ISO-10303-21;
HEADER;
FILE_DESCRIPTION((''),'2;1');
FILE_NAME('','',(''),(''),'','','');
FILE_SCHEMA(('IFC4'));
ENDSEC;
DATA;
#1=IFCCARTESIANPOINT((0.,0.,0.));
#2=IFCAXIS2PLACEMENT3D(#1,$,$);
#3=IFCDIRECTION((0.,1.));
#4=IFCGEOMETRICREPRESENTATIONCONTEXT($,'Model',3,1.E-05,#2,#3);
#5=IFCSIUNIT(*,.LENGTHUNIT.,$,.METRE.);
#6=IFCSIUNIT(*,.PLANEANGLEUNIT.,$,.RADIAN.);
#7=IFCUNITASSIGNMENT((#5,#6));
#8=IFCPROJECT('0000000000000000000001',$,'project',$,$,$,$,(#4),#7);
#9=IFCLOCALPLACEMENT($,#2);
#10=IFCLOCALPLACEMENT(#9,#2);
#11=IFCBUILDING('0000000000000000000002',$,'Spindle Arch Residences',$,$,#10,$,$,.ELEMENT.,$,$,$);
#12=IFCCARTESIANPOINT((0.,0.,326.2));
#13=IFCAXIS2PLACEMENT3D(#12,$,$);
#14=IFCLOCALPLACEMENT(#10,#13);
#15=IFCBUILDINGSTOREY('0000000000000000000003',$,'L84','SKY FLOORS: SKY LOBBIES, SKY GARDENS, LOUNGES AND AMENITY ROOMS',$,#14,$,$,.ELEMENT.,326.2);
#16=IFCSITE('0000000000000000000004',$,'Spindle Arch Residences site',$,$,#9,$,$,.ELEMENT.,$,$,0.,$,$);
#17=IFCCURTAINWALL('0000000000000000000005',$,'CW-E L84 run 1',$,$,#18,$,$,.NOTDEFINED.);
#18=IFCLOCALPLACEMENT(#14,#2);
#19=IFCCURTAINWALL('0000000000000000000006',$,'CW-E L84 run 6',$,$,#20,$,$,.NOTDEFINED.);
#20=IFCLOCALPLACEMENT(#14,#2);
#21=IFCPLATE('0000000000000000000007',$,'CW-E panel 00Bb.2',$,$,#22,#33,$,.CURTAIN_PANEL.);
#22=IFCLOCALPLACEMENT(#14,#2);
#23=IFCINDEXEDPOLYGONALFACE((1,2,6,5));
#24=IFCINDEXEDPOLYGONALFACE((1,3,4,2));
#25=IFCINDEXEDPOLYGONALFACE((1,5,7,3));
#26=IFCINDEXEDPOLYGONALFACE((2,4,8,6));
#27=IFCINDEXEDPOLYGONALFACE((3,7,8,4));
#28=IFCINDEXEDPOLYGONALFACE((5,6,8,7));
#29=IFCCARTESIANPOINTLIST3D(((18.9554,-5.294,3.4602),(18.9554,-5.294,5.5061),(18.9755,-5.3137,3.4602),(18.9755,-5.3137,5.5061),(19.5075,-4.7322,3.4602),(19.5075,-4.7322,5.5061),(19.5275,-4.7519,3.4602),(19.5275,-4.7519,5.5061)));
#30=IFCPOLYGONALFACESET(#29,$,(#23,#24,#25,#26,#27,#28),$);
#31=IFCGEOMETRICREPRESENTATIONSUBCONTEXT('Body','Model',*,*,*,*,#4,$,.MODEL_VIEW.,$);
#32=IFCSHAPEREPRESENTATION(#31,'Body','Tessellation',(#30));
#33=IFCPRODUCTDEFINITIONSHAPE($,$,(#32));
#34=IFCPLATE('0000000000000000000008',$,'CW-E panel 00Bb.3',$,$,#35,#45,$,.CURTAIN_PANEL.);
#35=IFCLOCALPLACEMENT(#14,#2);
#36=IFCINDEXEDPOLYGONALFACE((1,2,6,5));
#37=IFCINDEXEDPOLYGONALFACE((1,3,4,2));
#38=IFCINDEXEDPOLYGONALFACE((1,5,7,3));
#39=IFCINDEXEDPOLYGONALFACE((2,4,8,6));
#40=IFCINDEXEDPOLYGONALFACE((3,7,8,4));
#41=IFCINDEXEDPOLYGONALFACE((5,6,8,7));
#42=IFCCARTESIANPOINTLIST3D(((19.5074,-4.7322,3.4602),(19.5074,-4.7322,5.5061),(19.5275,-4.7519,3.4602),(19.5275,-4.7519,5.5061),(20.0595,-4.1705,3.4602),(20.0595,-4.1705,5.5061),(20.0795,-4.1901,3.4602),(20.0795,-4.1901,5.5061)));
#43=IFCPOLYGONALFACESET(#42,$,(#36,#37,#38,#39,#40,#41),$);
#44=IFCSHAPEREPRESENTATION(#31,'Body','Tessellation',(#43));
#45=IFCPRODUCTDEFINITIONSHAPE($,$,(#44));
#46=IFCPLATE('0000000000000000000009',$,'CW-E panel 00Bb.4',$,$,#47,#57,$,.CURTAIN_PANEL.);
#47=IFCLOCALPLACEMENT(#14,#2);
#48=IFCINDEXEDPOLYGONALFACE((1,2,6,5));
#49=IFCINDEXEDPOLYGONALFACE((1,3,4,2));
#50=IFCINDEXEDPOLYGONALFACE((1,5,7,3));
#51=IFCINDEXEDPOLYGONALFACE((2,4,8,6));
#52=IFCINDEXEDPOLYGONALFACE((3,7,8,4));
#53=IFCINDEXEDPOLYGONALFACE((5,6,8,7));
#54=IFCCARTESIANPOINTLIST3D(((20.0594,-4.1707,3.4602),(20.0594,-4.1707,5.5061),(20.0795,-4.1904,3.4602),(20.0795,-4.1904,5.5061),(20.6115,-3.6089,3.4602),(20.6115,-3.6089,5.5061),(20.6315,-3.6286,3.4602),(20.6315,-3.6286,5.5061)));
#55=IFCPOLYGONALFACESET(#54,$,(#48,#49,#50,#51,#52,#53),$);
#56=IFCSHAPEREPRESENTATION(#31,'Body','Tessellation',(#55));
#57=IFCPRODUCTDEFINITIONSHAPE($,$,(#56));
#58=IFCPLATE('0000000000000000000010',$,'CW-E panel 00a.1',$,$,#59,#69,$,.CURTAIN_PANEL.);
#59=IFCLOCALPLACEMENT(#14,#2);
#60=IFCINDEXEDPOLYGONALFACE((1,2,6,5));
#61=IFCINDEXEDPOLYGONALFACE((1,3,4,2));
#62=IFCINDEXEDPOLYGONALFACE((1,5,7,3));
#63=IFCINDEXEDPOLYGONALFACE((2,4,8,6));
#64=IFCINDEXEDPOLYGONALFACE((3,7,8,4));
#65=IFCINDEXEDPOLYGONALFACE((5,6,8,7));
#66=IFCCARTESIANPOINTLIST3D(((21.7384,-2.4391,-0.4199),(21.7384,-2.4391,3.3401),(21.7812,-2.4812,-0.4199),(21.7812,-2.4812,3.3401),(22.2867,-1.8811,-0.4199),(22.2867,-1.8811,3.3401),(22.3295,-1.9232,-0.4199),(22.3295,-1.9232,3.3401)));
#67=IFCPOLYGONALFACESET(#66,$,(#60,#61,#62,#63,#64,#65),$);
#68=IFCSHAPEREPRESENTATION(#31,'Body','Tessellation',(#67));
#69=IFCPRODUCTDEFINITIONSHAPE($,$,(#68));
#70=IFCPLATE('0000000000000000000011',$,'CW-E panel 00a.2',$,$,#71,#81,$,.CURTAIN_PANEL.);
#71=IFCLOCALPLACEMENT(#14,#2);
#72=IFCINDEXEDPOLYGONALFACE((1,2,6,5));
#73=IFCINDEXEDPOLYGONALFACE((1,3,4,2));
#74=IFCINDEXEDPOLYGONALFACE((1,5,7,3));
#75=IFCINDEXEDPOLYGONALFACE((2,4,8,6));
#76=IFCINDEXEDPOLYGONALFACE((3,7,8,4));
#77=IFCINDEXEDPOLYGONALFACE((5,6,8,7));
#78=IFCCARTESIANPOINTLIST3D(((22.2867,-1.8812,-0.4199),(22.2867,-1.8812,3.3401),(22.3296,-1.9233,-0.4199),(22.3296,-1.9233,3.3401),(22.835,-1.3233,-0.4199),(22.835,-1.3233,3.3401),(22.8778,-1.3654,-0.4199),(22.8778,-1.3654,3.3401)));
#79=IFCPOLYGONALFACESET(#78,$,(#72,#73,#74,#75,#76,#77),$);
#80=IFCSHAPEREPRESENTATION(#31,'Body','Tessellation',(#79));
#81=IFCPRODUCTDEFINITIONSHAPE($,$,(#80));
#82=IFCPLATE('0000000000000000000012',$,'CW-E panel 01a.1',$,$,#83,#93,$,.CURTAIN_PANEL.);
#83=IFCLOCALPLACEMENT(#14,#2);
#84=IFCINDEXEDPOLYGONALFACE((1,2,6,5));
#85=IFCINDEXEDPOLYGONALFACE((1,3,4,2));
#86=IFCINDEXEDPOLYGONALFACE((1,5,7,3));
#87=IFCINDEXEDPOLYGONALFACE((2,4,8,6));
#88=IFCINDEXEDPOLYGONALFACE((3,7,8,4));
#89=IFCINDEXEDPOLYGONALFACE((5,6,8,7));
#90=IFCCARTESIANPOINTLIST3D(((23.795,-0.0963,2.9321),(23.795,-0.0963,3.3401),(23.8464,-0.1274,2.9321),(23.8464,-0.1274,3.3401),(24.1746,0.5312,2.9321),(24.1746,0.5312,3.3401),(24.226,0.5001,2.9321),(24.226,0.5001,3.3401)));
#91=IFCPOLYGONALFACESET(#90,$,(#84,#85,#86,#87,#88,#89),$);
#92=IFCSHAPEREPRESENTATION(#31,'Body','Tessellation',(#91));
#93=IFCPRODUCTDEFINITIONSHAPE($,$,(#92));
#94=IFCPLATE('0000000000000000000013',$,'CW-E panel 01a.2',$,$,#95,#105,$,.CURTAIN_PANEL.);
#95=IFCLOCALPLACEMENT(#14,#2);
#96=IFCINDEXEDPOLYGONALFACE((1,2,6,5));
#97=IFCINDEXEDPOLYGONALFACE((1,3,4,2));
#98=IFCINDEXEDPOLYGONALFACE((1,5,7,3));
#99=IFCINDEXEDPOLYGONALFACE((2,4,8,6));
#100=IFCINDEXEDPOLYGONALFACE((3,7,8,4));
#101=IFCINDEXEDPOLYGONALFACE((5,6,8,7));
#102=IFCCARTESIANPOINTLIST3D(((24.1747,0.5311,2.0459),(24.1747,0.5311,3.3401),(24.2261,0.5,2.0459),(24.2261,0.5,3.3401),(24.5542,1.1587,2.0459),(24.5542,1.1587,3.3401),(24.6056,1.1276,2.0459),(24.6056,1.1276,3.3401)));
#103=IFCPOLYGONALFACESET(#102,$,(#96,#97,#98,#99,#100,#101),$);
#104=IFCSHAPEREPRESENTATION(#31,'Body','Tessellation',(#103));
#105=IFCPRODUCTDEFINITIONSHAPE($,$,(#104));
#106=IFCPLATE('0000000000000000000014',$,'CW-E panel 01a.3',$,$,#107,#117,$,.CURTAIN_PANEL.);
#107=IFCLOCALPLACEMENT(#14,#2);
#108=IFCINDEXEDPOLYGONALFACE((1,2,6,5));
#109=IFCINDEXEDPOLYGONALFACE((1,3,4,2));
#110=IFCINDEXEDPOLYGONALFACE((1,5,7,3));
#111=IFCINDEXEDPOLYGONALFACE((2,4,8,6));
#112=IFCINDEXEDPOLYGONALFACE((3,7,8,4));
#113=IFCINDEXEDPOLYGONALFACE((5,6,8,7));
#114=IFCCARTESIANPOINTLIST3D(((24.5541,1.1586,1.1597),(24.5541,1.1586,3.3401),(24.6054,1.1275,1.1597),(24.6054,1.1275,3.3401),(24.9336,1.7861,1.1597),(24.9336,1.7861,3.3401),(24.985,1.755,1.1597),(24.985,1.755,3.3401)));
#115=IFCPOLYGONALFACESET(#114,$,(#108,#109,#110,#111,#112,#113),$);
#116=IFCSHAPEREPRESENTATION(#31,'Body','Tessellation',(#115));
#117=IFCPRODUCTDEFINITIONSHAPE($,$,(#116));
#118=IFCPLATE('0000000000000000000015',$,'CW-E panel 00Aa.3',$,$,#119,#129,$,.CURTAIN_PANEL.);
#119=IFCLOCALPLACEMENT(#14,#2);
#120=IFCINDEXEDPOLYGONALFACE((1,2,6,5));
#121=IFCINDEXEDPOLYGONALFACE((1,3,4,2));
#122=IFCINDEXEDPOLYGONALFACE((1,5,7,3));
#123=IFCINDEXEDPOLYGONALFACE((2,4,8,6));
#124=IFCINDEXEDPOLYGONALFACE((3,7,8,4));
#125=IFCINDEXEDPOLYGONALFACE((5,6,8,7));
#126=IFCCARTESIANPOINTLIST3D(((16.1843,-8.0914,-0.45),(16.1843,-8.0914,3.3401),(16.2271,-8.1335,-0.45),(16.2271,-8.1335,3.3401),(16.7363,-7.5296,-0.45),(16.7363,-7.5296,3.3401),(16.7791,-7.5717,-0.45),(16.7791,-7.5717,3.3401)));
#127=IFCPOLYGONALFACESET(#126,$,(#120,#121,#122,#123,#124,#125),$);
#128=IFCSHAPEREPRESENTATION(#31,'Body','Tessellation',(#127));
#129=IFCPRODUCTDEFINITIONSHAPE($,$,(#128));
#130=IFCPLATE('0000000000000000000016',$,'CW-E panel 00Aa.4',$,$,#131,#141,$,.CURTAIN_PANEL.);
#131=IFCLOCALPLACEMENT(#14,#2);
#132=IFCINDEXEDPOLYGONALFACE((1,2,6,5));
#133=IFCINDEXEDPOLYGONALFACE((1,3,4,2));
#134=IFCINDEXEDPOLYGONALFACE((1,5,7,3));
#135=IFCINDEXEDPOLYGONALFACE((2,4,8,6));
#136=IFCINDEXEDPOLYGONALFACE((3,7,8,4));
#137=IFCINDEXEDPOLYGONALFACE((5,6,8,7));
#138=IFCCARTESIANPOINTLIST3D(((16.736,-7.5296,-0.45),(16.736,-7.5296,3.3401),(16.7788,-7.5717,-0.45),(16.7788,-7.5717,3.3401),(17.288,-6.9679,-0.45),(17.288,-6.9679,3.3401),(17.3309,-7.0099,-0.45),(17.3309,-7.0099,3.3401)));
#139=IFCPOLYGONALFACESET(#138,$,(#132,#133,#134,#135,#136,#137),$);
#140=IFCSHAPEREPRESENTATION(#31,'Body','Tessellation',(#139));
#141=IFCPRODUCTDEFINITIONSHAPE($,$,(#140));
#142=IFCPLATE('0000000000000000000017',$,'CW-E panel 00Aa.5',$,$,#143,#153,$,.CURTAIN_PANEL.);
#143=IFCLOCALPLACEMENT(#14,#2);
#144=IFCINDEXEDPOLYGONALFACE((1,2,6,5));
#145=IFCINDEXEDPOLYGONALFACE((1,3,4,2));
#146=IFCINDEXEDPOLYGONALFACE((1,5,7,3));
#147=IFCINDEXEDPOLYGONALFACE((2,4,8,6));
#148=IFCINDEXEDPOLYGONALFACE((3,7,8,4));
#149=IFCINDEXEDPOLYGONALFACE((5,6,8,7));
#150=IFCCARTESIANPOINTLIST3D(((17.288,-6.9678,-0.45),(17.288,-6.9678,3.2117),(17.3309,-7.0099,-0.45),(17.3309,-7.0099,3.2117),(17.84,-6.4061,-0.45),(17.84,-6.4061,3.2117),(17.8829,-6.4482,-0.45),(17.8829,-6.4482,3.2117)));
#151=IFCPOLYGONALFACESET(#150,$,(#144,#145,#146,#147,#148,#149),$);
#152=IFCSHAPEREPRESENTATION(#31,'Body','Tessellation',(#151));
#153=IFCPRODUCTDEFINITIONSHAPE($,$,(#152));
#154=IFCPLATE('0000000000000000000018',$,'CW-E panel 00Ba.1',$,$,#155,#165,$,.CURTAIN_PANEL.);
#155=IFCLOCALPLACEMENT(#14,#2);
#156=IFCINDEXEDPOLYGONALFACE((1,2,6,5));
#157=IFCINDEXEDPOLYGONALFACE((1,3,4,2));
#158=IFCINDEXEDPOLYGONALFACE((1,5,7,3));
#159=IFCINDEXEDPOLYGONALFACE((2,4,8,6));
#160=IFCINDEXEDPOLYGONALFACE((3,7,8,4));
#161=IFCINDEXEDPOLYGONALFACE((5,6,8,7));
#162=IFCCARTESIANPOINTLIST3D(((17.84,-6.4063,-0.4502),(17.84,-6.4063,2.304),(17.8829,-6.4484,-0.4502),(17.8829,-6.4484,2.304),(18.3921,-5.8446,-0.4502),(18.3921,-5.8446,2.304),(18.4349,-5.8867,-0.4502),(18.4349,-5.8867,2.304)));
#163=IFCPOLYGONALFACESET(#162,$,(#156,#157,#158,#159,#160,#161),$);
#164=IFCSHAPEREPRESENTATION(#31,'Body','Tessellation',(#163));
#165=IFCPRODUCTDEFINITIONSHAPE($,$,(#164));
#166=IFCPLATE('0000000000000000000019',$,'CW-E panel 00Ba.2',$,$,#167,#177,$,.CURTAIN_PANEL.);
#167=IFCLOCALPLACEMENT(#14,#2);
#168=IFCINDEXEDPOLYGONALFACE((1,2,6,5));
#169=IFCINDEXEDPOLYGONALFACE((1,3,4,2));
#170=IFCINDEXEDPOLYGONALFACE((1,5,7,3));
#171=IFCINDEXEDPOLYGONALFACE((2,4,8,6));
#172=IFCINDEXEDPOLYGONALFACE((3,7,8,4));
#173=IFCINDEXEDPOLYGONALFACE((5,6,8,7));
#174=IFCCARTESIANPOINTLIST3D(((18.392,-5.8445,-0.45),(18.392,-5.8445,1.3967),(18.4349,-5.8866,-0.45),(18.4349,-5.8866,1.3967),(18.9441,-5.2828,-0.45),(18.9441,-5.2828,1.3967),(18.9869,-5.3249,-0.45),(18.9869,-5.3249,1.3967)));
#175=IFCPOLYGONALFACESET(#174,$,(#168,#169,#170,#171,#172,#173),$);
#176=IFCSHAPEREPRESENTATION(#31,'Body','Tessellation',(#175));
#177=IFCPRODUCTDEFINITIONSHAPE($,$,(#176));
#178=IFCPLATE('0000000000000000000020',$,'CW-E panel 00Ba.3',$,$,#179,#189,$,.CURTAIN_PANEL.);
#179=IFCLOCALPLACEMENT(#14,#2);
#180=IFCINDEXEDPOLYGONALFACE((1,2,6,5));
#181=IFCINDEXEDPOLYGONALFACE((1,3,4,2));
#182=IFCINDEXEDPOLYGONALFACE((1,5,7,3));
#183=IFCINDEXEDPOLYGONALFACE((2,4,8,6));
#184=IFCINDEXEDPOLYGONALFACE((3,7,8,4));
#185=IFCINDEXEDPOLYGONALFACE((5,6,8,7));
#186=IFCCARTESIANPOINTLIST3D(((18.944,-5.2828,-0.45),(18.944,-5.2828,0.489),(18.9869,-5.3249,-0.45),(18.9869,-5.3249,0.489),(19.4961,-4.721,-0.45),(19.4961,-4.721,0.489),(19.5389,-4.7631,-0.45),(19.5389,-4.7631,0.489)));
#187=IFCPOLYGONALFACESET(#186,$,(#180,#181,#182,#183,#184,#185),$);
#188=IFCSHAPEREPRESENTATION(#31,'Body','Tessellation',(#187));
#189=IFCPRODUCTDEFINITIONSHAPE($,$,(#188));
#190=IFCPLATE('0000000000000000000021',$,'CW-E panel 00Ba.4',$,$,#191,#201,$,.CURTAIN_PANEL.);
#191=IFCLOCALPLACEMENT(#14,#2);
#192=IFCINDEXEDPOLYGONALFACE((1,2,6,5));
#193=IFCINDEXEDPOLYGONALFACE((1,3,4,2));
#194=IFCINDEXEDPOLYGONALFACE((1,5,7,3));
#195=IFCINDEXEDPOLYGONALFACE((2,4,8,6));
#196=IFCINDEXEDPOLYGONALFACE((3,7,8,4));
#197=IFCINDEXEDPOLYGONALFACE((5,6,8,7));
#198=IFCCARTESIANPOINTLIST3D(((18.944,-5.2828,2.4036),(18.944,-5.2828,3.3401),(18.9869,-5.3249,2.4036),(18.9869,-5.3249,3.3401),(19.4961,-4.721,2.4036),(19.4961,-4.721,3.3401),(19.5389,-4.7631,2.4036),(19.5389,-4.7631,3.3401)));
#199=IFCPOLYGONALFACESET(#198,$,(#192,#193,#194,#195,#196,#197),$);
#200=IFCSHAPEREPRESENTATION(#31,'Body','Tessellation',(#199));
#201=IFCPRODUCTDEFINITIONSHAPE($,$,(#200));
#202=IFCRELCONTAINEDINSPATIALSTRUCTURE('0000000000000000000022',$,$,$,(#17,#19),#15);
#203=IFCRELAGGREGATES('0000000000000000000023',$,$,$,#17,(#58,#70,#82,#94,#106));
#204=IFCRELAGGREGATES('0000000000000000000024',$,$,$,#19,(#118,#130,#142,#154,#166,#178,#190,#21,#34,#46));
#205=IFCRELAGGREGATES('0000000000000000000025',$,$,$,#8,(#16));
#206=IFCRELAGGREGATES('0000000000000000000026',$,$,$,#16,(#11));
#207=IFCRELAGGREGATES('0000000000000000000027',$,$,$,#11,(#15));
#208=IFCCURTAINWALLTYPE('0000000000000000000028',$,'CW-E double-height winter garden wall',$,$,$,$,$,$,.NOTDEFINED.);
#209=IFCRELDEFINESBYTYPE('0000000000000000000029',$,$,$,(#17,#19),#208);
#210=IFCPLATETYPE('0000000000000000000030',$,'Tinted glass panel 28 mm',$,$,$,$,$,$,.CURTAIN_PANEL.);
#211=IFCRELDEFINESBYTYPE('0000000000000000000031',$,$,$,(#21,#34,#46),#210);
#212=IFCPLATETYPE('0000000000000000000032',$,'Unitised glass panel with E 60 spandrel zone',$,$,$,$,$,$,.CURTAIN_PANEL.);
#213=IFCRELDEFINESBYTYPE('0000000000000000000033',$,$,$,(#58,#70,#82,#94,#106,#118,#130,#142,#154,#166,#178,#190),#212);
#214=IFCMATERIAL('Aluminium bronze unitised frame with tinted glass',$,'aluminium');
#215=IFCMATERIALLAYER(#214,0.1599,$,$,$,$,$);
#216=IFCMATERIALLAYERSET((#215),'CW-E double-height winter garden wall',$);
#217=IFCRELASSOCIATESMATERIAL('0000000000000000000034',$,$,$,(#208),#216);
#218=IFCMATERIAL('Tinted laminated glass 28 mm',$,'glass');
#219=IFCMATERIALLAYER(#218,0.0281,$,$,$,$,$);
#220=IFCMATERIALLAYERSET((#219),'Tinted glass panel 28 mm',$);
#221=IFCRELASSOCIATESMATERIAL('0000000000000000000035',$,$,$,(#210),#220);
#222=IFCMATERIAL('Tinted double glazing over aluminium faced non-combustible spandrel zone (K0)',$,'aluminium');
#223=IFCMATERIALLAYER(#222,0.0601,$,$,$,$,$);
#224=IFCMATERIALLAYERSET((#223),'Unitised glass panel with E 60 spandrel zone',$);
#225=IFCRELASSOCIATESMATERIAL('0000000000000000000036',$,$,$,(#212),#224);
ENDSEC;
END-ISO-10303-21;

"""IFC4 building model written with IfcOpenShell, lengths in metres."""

from ifc_helpers import new_model, si_unit, direction, frame, origin, origin_2d, place, context, subcontext, project, spatial, rectangle, extrude, material, layer, layer_set, type_object, element, aggregate, save


model = new_model("IFC4")

# Units and contexts
model_context = context("Model", 3, precision=1e-05, world=origin(), true_north=direction((0.0, 1.0)))
body_context = subcontext(model_context, "Body", "Model", "MODEL_VIEW")
ifc_project = project(units=[si_unit("LENGTHUNIT", "METRE"), si_unit("PLANEANGLEUNIT", "RADIAN")], contexts=[model_context])

# Site, building, storey
site_placement = place(None, origin())
site = spatial("IfcSite", under=ifc_project, at=site_placement, Name="Spindle Arch Residences site", CompositionType="ELEMENT", RefElevation=0.0)
building_placement = place(site_placement, origin())
building = spatial("IfcBuilding", under=site, at=building_placement, Name="Spindle Arch Residences", CompositionType="ELEMENT")
storey_placement = place(building_placement, frame((0.0, 0.0, 326.2)))
storey = spatial("IfcBuildingStorey", under=building, at=storey_placement, Name="L84", Description="SKY FLOORS: SKY LOBBIES, SKY GARDENS, LOUNGES AND AMENITY ROOMS", CompositionType="ELEMENT", Elevation=326.2)

# Curtain wall
ifc_material_1 = material(Name="Aluminium bronze unitised frame with tinted glass", Category="aluminium")
ifc_layer_1 = layer(ifc_material_1, 0.1599)
ifc_layer_set_1 = layer_set([ifc_layer_1], Name="CW-E double-height winter garden wall")
curtain_wall_type = type_object("IfcCurtainWallType", Name="CW-E double-height winter garden wall", PredefinedType="NOTDEFINED", material=ifc_layer_set_1)
curtain_wall_1_placement = place(storey_placement, origin())
curtain_wall_1 = element("IfcCurtainWall", 1, at=curtain_wall_1_placement, inside=storey, type_object=curtain_wall_type, Name="CW-E L84 run 1", PredefinedType="NOTDEFINED")

# Curtain wall
curtain_wall_2_placement = place(storey_placement, origin())
curtain_wall_2 = element("IfcCurtainWall", 2, at=curtain_wall_2_placement, inside=storey, type_object=curtain_wall_type, Name="CW-E L84 run 6", PredefinedType="NOTDEFINED")

# Plates
ifc_material_2 = material(Name="Tinted laminated glass 28 mm", Category="glass")
ifc_layer_2 = layer(ifc_material_2, 0.0281)
ifc_layer_set_2 = layer_set([ifc_layer_2], Name="Tinted glass panel 28 mm")
plate_type_1 = type_object("IfcPlateType", Name="Tinted glass panel 28 mm", PredefinedType="CURTAIN_PANEL", material=ifc_layer_set_2)
plate_1_placement = place(storey_placement, frame((19.2415, -5.0229, 3.4602), z_axis=(0.0, 0.0, 1.0), x_axis=(0.700909, 0.71325, 0.0)))
plate_1 = element("IfcPlate", 3, at=plate_1_placement, type_object=plate_type_1, Name="CW-E panel 00Bb.2", PredefinedType="CURTAIN_PANEL", context=body_context, shape_type="SweptSolid", body=[
    extrude(rectangle(XDim=0.7876, YDim=0.0281, at=origin_2d()), origin(), (0.0, 0.0, 1.0), 2.0459),
])
plate_2_placement = place(storey_placement, frame((19.7935, -4.4612, 3.4602), z_axis=(0.0, 0.0, 1.0), x_axis=(0.700909, 0.71325, 0.0)))
plate_2 = element("IfcPlate", 4, at=plate_2_placement, type_object=plate_type_1, Name="CW-E panel 00Bb.3", PredefinedType="CURTAIN_PANEL", context=body_context, shape_type="SweptSolid", body=[
    extrude(rectangle(XDim=0.7876, YDim=0.0281, at=origin_2d()), origin(), (0.0, 0.0, 1.0), 2.0459),
])
plate_3_placement = place(storey_placement, frame((20.3455, -3.8997, 3.4602), z_axis=(0.0, 0.0, 1.0), x_axis=(0.700909, 0.71325, 0.0)))
plate_3 = element("IfcPlate", 5, at=plate_3_placement, type_object=plate_type_1, Name="CW-E panel 00Bb.4", PredefinedType="CURTAIN_PANEL", context=body_context, shape_type="SweptSolid", body=[
    extrude(rectangle(XDim=0.7876, YDim=0.0281, at=origin_2d()), origin(), (0.0, 0.0, 1.0), 2.0459),
])
ifc_material_3 = material(Name="Tinted double glazing over aluminium faced non-combustible spandrel zone (K0)", Category="aluminium")
ifc_layer_3 = layer(ifc_material_3, 0.0601)
ifc_layer_set_3 = layer_set([ifc_layer_3], Name="Unitised glass panel with E 60 spandrel zone")
plate_type_2 = type_object("IfcPlateType", Name="Unitised glass panel with E 60 spandrel zone", PredefinedType="CURTAIN_PANEL", material=ifc_layer_set_3)
plate_4_placement = place(storey_placement, frame((22.0339, -2.1812, -0.4199), z_axis=(0.0, 0.0, 1.0), x_axis=(0.700909, 0.71325, 0.0)))
plate_4 = element("IfcPlate", 6, at=plate_4_placement, type_object=plate_type_2, Name="CW-E panel 00a.1", PredefinedType="CURTAIN_PANEL", context=body_context, shape_type="SweptSolid", body=[
    extrude(rectangle(XDim=0.7822, YDim=0.0601, at=origin_2d()), origin(), (0.0, 0.0, 1.0), 3.76),
])
plate_5_placement = place(storey_placement, frame((22.5823, -1.6233, -0.4199), z_axis=(0.0, 0.0, 1.0), x_axis=(0.700909, 0.71325, 0.0)))
plate_5 = element("IfcPlate", 7, at=plate_5_placement, type_object=plate_type_2, Name="CW-E panel 00a.2", PredefinedType="CURTAIN_PANEL", context=body_context, shape_type="SweptSolid", body=[
    extrude(rectangle(XDim=0.7822, YDim=0.0601, at=origin_2d()), origin(), (0.0, 0.0, 1.0), 3.76),
])
plate_6_placement = place(storey_placement, frame((24.0105, 0.2019, 2.9321), z_axis=(0.0, 0.0, 1.0), x_axis=(0.517529, 0.855665, 0.0)))
plate_6 = element("IfcPlate", 8, at=plate_6_placement, type_object=plate_type_2, Name="CW-E panel 01a.1", PredefinedType="CURTAIN_PANEL", context=body_context, shape_type="SweptSolid", body=[
    extrude(rectangle(XDim=0.7334, YDim=0.0601, at=origin_2d()), origin(), (0.0, 0.0, 1.0), 0.408),
])
plate_7_placement = place(storey_placement, frame((24.3901, 0.8293, 2.0459), z_axis=(0.0, 0.0, 1.0), x_axis=(0.517529, 0.855665, 0.0)))
plate_7 = element("IfcPlate", 9, at=plate_7_placement, type_object=plate_type_2, Name="CW-E panel 01a.2", PredefinedType="CURTAIN_PANEL", context=body_context, shape_type="SweptSolid", body=[
    extrude(rectangle(XDim=0.7334, YDim=0.0601, at=origin_2d()), origin(), (0.0, 0.0, 1.0), 1.2942),
])
plate_8_placement = place(storey_placement, frame((24.7695, 1.4568, 1.1597), z_axis=(0.0, 0.0, 1.0), x_axis=(0.517529, 0.855665, 0.0)))
plate_8 = element("IfcPlate", 10, at=plate_8_placement, type_object=plate_type_2, Name="CW-E panel 01a.3", PredefinedType="CURTAIN_PANEL", context=body_context, shape_type="SweptSolid", body=[
    extrude(rectangle(XDim=0.7334, YDim=0.0601, at=origin_2d()), origin(), (0.0, 0.0, 1.0), 2.1804),
])
aggregate(curtain_wall_1, [plate_4, plate_5, plate_6, plate_7, plate_8])
plate_9_placement = place(storey_placement, frame((16.4817, -7.8315, -0.45), z_axis=(0.0, 0.0, 1.0), x_axis=(0.700909, 0.71325, 0.0)))
plate_9 = element("IfcPlate", 11, at=plate_9_placement, type_object=plate_type_2, Name="CW-E panel 00Aa.3", PredefinedType="CURTAIN_PANEL", context=body_context, shape_type="SweptSolid", body=[
    extrude(rectangle(XDim=0.7876, YDim=0.0601, at=origin_2d()), origin(), (0.0, 0.0, 1.0), 3.79),
])
plate_10_placement = place(storey_placement, frame((17.0334, -7.2698, -0.45), z_axis=(0.0, 0.0, 1.0), x_axis=(0.700909, 0.71325, 0.0)))
plate_10 = element("IfcPlate", 12, at=plate_10_placement, type_object=plate_type_2, Name="CW-E panel 00Aa.4", PredefinedType="CURTAIN_PANEL", context=body_context, shape_type="SweptSolid", body=[
    extrude(rectangle(XDim=0.7876, YDim=0.0601, at=origin_2d()), origin(), (0.0, 0.0, 1.0), 3.79),
])
plate_11_placement = place(storey_placement, frame((17.5854, -6.708, -0.45), z_axis=(0.0, 0.0, 1.0), x_axis=(0.700909, 0.71325, 0.0)))
plate_11 = element("IfcPlate", 13, at=plate_11_placement, type_object=plate_type_2, Name="CW-E panel 00Aa.5", PredefinedType="CURTAIN_PANEL", context=body_context, shape_type="SweptSolid", body=[
    extrude(rectangle(XDim=0.7876, YDim=0.0601, at=origin_2d()), origin(), (0.0, 0.0, 1.0), 3.6616),
])
plate_12_placement = place(storey_placement, frame((18.1375, -6.1465, -0.4502), z_axis=(0.0, 0.0, 1.0), x_axis=(0.700909, 0.71325, 0.0)))
plate_12 = element("IfcPlate", 14, at=plate_12_placement, type_object=plate_type_2, Name="CW-E panel 00Ba.1", PredefinedType="CURTAIN_PANEL", context=body_context, shape_type="SweptSolid", body=[
    extrude(rectangle(XDim=0.7876, YDim=0.0601, at=origin_2d()), origin(), (0.0, 0.0, 1.0), 2.7542),
])
plate_13_placement = place(storey_placement, frame((18.6895, -5.5847, -0.45), z_axis=(0.0, 0.0, 1.0), x_axis=(0.700909, 0.71325, 0.0)))
plate_13 = element("IfcPlate", 15, at=plate_13_placement, type_object=plate_type_2, Name="CW-E panel 00Ba.2", PredefinedType="CURTAIN_PANEL", context=body_context, shape_type="SweptSolid", body=[
    extrude(rectangle(XDim=0.7876, YDim=0.0601, at=origin_2d()), origin(), (0.0, 0.0, 1.0), 1.8467),
])
plate_14_placement = place(storey_placement, frame((19.2415, -5.0229, -0.45), z_axis=(0.0, 0.0, 1.0), x_axis=(0.700909, 0.71325, 0.0)))
plate_14 = element("IfcPlate", 16, at=plate_14_placement, type_object=plate_type_2, Name="CW-E panel 00Ba.3", PredefinedType="CURTAIN_PANEL", context=body_context, shape_type="SweptSolid", body=[
    extrude(rectangle(XDim=0.7876, YDim=0.0601, at=origin_2d()), origin(), (0.0, 0.0, 1.0), 0.939),
])
plate_15_placement = place(storey_placement, frame((19.2415, -5.0229, 2.4036), z_axis=(0.0, 0.0, 1.0), x_axis=(0.700909, 0.71325, 0.0)))
plate_15 = element("IfcPlate", 17, at=plate_15_placement, type_object=plate_type_2, Name="CW-E panel 00Ba.4", PredefinedType="CURTAIN_PANEL", context=body_context, shape_type="SweptSolid", body=[
    extrude(rectangle(XDim=0.7876, YDim=0.0601, at=origin_2d()), origin(), (0.0, 0.0, 1.0), 0.9365),
])
aggregate(curtain_wall_2, [plate_9, plate_10, plate_11, plate_12, plate_13, plate_14, plate_15, plate_1, plate_2, plate_3])

save(model, "model.ifc")
